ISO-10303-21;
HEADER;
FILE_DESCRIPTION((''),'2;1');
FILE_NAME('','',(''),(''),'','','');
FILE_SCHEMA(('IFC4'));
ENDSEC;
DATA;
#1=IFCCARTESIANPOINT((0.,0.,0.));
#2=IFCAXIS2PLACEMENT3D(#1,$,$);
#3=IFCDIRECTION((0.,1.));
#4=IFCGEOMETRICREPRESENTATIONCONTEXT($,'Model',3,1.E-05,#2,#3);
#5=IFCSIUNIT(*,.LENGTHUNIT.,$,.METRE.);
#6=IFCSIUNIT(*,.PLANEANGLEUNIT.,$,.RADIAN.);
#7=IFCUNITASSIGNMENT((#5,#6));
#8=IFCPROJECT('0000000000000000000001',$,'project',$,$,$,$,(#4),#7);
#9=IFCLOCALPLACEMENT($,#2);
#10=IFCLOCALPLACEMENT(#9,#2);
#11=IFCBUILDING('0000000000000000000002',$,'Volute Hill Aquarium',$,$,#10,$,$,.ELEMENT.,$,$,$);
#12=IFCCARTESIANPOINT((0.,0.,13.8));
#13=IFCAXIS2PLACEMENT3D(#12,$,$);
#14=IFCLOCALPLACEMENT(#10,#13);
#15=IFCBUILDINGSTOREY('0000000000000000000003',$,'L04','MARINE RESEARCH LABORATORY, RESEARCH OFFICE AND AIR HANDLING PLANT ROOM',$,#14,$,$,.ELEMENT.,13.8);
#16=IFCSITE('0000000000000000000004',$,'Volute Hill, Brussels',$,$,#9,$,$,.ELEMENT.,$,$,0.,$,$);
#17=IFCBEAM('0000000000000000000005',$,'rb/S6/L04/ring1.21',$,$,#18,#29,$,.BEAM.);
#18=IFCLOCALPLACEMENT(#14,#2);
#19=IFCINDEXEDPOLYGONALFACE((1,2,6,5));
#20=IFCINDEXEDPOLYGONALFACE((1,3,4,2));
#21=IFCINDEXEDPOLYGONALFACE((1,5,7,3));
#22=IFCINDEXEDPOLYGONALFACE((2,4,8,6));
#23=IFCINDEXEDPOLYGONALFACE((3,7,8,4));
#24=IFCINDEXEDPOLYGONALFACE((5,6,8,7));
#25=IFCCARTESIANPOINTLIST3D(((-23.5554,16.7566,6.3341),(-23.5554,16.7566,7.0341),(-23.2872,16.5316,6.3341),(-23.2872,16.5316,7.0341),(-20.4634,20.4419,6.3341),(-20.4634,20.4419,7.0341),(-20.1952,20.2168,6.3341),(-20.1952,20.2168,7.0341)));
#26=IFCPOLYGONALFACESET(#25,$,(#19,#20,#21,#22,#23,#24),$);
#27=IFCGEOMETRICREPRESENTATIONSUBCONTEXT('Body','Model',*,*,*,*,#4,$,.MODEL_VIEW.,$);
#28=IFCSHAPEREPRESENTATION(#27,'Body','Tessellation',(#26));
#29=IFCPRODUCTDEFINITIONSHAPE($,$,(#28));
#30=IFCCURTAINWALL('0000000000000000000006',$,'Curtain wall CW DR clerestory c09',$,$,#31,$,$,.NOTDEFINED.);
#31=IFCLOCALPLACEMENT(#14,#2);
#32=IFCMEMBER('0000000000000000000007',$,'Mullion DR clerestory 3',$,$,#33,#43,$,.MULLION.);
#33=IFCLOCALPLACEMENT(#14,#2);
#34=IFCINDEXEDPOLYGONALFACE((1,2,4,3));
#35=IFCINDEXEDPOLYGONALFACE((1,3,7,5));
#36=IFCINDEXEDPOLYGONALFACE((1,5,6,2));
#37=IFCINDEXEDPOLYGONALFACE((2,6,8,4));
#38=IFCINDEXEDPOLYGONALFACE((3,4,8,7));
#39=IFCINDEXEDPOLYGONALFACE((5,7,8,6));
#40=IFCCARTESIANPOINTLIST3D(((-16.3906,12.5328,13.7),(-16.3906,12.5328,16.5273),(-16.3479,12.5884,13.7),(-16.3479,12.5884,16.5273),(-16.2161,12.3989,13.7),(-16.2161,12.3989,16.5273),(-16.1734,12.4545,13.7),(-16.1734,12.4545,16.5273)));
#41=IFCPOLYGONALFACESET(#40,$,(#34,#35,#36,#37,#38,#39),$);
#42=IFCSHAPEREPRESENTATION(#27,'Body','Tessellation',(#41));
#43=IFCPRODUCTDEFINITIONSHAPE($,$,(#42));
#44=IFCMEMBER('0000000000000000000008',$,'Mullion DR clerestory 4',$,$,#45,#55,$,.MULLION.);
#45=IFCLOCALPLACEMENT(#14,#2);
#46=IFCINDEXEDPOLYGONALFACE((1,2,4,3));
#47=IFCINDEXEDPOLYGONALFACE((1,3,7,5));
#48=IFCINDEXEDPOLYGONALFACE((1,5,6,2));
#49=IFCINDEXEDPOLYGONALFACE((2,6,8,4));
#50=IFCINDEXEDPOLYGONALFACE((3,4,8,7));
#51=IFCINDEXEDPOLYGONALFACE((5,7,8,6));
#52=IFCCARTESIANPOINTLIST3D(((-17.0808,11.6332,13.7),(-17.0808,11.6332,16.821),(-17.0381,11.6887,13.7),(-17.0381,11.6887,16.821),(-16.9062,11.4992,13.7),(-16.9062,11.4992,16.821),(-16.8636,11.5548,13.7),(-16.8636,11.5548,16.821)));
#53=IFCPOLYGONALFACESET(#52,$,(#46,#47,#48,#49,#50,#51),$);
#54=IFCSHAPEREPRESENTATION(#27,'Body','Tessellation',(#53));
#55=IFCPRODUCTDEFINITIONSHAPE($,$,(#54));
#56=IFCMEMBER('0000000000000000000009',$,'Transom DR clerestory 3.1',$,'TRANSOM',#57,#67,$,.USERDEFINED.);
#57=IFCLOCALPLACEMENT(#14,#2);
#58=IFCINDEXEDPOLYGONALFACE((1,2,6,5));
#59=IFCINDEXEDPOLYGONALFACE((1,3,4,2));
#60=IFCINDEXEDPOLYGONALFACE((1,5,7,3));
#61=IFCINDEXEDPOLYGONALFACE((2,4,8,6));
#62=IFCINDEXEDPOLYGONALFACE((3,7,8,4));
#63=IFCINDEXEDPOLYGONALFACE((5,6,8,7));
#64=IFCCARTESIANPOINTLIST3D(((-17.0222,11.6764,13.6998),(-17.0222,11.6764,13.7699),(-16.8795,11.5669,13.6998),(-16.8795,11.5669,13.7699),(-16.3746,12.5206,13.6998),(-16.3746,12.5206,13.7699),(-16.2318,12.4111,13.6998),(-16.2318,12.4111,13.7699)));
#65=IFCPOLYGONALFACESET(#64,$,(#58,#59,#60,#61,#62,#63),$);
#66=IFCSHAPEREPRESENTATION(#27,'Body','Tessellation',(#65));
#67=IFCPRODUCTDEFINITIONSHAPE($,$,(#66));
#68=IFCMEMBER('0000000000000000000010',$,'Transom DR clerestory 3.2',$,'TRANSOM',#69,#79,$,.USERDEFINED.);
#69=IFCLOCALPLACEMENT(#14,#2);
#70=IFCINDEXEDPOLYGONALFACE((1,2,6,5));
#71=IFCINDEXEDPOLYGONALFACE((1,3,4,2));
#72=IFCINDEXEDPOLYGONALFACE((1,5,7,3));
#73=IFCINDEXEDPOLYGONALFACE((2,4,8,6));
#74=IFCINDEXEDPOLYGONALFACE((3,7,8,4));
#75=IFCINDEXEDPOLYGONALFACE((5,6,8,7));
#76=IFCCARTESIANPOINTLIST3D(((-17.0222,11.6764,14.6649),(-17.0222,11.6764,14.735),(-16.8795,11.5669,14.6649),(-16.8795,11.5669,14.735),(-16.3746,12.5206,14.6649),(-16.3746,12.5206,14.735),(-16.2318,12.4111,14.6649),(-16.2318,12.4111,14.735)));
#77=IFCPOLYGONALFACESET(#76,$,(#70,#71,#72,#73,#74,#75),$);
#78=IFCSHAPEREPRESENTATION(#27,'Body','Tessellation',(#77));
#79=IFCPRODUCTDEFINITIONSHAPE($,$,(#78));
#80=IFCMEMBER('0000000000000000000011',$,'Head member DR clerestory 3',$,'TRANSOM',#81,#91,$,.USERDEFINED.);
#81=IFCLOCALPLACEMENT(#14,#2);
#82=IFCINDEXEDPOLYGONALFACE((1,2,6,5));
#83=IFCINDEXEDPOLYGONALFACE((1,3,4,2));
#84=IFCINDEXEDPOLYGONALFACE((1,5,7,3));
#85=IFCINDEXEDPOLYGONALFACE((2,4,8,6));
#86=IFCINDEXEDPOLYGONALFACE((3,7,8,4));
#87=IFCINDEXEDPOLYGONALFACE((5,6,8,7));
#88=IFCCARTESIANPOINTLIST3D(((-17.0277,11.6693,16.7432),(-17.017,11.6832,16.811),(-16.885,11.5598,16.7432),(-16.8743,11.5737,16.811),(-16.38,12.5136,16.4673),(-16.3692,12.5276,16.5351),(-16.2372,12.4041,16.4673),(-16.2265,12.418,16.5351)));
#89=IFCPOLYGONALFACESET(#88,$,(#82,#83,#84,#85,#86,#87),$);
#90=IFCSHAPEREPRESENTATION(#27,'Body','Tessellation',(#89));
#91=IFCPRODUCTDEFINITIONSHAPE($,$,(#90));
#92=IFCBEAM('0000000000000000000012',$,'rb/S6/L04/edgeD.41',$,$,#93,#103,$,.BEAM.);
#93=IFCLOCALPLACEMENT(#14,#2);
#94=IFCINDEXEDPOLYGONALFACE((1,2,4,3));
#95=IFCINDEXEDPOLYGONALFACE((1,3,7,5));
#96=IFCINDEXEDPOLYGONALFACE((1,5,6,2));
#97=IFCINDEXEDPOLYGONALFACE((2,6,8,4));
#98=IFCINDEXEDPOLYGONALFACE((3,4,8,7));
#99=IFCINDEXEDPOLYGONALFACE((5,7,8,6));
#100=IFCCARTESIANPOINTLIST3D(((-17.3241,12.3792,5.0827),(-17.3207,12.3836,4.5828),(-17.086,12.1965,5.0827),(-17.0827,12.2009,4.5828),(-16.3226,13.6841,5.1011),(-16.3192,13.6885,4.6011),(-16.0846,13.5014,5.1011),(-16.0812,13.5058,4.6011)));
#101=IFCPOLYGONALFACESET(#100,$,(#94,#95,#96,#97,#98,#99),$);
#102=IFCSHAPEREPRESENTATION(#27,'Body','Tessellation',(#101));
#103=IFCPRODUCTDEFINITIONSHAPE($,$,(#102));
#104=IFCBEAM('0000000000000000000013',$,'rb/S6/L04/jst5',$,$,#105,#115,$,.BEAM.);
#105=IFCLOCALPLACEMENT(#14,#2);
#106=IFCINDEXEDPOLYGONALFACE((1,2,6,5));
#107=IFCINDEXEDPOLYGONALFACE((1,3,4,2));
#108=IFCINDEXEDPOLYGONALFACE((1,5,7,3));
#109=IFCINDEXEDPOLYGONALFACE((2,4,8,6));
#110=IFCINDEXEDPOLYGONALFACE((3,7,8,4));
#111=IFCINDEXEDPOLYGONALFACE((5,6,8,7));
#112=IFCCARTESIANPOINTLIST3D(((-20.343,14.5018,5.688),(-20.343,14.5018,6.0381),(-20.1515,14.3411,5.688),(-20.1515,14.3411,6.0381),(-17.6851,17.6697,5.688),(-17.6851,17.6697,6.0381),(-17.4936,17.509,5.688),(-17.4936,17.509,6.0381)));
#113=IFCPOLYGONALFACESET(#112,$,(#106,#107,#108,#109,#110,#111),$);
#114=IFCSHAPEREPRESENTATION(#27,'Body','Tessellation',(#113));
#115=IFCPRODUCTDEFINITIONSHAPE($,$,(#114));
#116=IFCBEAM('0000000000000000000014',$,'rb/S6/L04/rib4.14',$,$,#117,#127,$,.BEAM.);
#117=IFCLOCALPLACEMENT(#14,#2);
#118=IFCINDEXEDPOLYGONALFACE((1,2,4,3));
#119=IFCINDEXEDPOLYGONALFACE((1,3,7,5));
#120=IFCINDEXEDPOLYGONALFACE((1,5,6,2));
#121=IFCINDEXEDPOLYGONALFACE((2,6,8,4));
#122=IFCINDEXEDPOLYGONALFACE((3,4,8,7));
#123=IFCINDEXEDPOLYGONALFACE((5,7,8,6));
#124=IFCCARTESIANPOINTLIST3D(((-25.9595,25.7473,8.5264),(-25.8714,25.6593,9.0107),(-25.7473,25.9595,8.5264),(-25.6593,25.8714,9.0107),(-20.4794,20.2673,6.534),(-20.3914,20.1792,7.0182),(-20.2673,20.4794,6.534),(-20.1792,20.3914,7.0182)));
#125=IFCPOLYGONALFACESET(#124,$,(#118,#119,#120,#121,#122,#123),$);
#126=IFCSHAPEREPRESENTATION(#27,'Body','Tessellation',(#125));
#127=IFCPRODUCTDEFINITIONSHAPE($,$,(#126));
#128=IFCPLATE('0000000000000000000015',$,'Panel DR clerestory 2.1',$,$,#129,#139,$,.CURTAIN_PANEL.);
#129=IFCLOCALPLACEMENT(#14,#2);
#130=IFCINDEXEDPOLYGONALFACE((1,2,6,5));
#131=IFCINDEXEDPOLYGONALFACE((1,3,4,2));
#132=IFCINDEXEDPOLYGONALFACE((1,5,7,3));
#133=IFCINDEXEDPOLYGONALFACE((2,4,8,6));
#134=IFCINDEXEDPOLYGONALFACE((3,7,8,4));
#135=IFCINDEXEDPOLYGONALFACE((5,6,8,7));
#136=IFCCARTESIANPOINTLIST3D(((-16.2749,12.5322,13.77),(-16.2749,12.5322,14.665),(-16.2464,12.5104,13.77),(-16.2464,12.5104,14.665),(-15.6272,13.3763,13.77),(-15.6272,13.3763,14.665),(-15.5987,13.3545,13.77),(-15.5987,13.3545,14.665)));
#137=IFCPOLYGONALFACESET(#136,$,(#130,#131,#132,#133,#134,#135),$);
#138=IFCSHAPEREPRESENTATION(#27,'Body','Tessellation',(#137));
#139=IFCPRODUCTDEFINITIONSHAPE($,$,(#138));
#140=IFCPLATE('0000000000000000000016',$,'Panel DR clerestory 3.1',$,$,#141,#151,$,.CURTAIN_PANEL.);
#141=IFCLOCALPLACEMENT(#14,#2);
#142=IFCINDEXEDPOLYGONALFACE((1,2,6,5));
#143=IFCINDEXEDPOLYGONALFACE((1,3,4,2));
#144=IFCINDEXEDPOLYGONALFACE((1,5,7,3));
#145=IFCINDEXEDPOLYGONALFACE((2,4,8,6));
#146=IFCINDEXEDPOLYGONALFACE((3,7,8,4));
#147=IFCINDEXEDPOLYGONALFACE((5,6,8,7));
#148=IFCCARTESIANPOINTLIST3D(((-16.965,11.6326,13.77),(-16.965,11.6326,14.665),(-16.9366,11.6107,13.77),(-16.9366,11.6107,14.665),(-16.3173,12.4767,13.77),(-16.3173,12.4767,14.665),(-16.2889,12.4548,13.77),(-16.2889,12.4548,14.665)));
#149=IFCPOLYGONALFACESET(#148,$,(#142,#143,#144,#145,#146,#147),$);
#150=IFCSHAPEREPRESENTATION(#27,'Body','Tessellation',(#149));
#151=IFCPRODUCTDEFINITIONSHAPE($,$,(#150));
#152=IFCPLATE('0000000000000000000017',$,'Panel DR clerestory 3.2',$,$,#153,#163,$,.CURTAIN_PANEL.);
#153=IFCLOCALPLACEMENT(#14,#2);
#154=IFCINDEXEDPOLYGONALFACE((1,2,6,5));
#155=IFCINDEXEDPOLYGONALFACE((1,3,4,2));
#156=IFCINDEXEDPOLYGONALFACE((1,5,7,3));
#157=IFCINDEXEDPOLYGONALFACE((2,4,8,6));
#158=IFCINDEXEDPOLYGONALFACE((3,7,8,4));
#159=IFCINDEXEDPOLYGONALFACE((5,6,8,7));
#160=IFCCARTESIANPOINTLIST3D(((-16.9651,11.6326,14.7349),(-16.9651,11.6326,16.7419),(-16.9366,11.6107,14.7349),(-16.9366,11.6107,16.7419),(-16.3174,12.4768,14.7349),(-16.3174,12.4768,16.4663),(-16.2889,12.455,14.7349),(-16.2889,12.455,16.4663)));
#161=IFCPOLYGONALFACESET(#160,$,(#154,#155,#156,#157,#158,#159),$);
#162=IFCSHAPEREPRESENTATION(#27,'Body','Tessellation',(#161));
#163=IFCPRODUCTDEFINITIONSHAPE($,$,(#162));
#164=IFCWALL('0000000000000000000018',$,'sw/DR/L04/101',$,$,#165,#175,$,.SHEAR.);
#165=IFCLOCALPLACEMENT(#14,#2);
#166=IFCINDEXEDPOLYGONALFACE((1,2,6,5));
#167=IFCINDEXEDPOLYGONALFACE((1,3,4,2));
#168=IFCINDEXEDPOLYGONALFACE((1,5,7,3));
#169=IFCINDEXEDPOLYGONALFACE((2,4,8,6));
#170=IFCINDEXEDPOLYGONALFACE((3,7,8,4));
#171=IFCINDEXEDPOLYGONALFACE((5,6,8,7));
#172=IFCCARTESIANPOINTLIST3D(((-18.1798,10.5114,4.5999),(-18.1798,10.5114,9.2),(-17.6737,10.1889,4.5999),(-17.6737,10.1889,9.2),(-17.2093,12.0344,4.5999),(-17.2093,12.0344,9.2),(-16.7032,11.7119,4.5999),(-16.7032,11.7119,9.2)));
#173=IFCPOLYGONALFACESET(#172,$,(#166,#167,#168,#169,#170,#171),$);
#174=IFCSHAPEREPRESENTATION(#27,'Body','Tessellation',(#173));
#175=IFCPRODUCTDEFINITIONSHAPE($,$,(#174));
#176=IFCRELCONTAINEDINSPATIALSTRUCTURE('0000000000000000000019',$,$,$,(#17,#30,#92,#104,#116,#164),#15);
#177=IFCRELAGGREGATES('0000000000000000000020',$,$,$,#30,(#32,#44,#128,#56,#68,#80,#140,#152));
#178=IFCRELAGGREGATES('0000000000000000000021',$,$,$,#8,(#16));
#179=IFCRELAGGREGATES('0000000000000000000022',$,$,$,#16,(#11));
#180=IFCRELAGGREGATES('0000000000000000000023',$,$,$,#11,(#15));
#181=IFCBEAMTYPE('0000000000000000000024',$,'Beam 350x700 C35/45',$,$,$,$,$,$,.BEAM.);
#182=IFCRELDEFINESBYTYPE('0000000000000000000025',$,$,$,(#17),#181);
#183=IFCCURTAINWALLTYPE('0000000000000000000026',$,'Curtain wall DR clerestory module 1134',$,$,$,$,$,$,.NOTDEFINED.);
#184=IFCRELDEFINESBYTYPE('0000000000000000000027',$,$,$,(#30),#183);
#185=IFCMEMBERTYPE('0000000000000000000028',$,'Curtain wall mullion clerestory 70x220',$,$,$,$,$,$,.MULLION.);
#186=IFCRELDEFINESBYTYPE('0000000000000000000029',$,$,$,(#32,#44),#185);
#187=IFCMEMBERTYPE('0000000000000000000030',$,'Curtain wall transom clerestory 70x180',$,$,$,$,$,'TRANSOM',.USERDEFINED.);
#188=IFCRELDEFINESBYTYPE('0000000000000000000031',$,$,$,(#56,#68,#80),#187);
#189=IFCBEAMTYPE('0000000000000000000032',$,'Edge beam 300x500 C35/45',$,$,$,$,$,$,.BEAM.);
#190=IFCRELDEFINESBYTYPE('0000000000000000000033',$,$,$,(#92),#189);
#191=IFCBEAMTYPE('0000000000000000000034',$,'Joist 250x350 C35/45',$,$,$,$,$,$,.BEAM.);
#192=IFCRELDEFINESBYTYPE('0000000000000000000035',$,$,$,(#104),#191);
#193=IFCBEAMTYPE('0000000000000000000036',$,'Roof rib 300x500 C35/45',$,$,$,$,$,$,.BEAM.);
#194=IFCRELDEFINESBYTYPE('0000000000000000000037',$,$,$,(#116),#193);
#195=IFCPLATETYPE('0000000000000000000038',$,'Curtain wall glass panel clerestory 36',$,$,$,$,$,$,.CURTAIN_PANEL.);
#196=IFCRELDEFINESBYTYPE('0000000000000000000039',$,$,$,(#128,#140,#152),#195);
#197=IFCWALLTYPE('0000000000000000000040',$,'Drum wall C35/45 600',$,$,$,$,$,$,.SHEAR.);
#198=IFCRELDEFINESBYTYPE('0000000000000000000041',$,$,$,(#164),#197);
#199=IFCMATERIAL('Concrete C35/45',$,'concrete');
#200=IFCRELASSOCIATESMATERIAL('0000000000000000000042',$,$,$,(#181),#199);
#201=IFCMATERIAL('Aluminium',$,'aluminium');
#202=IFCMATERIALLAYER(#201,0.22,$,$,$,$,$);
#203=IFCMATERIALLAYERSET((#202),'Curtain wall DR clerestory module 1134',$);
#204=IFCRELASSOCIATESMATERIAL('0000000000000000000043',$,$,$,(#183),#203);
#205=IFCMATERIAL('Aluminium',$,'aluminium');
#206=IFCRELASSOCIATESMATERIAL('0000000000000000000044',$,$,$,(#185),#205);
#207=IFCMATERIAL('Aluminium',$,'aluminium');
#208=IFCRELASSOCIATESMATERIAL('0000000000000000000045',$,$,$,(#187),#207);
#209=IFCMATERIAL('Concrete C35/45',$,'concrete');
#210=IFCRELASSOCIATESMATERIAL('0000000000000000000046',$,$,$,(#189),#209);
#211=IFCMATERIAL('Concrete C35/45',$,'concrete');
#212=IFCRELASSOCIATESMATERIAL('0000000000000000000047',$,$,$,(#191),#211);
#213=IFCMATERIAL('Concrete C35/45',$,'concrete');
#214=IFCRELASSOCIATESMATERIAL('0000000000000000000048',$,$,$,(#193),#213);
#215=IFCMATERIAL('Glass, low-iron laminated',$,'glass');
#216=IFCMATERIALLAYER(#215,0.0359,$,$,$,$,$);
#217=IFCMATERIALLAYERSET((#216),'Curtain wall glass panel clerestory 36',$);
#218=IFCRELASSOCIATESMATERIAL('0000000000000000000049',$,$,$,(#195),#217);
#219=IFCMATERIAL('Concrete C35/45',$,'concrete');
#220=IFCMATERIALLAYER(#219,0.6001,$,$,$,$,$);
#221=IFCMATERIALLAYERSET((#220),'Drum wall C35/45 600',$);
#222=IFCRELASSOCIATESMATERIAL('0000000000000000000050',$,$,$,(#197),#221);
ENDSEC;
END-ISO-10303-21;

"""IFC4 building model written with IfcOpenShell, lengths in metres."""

from ifc_helpers import new_model, si_unit, direction, frame, frame_2d, origin, origin_2d, place, context, subcontext, project, spatial, polyline, rectangle, outline, extrude, material, layer, layer_set, material_profile, profile_set, type_object, element, aggregate, save


model = new_model("IFC4")

# Units and contexts
model_context = context("Model", 3, precision=1e-05, world=origin(), true_north=direction((0.0, 1.0)))
body_context = subcontext(model_context, "Body", "Model", "MODEL_VIEW")
ifc_project = project(units=[si_unit("LENGTHUNIT", "METRE"), si_unit("PLANEANGLEUNIT", "RADIAN")], contexts=[model_context])

# Site, building, storey
site_placement = place(None, origin())
site = spatial("IfcSite", under=ifc_project, at=site_placement, Name="Volute Hill, Brussels", CompositionType="ELEMENT", RefElevation=0.0)
building_placement = place(site_placement, origin())
building = spatial("IfcBuilding", under=site, at=building_placement, Name="Volute Hill Aquarium", CompositionType="ELEMENT")
storey_placement = place(building_placement, frame((0.0, 0.0, 13.8)))
storey = spatial("IfcBuildingStorey", under=building, at=storey_placement, Name="L04", Description="MARINE RESEARCH LABORATORY, RESEARCH OFFICE AND AIR HANDLING PLANT ROOM", CompositionType="ELEMENT", Elevation=13.8)

# Beam
ifc_material_1 = material(Name="Concrete C35/45", Category="concrete")
ifc_material_profile_1 = material_profile(ifc_material_1, rectangle(XDim=0.3501, YDim=0.7, at=origin_2d()), Name="RC beam 350x700")
ifc_profile_set_1 = profile_set([ifc_material_profile_1], Name="Concrete C35/45")
beam_type_1 = type_object("IfcBeamType", Name="Beam 350x700 C35/45", PredefinedType="BEAM", material=ifc_profile_set_1)
beam_1_placement = place(storey_placement, frame((-20.3293, 20.3293, 6.6841), z_axis=(-0.642752, -0.766075, 0.0), x_axis=(0.766075, -0.642752, 0.0)))
element("IfcBeam", 1, at=beam_1_placement, inside=storey, type_object=beam_type_1, Name="rb/S6/L04/ring1.21", PredefinedType="BEAM", context=body_context, shape_type="SweptSolid", body=[
    extrude(rectangle(XDim=0.3501, YDim=0.7, at=origin_2d()), origin(), (0.0, 0.0, 1.0), 4.8105),
])

# Curtain wall, members
ifc_material_2 = material(Name="Aluminium", Category="aluminium")
ifc_layer_1 = layer(ifc_material_2, 0.22)
ifc_layer_set_1 = layer_set([ifc_layer_1], Name="Curtain wall DR clerestory module 1134")
curtain_wall_type = type_object("IfcCurtainWallType", Name="Curtain wall DR clerestory module 1134", PredefinedType="NOTDEFINED", material=ifc_layer_set_1)
curtain_wall_placement = place(storey_placement, origin())
curtain_wall = element("IfcCurtainWall", 2, at=curtain_wall_placement, inside=storey, type_object=curtain_wall_type, Name="Curtain wall CW DR clerestory c09", PredefinedType="NOTDEFINED")
ifc_material_3 = material(Name="Aluminium", Category="aluminium")
ifc_material_profile_2 = material_profile(ifc_material_3, rectangle(XDim=0.22, YDim=0.0701, at=origin_2d()), Name="Curtain wall mullion clerestory 70x220")
ifc_profile_set_2 = profile_set([ifc_material_profile_2], Name="Aluminium")
member_type_1 = type_object("IfcMemberType", Name="Curtain wall mullion clerestory 70x220", PredefinedType="MULLION", material=ifc_profile_set_2)
member_1_placement = place(storey_placement, frame((-16.282, 12.4937, 13.7), z_axis=(0.0, 0.0, 1.0), x_axis=(0.793354, -0.608761, 0.0)))
member_1 = element("IfcMember", 3, at=member_1_placement, type_object=member_type_1, Name="Mullion DR clerestory 3", PredefinedType="MULLION", context=body_context, shape_type="SweptSolid", body=[
    extrude(rectangle(XDim=0.22, YDim=0.0701, at=origin_2d()), origin(), (0.0, 0.0, 1.0), 2.8274),
])
member_2_placement = place(storey_placement, frame((-16.9722, 11.594, 13.7), z_axis=(0.0, 0.0, 1.0), x_axis=(0.793354, -0.608761, 0.0)))
member_2 = element("IfcMember", 4, at=member_2_placement, type_object=member_type_1, Name="Mullion DR clerestory 4", PredefinedType="MULLION", context=body_context, shape_type="SweptSolid", body=[
    extrude(rectangle(XDim=0.22, YDim=0.0701, at=origin_2d()), origin(), (0.0, 0.0, 1.0), 3.1211),
])
ifc_material_4 = material(Name="Aluminium", Category="aluminium")
ifc_material_profile_3 = material_profile(ifc_material_4, rectangle(XDim=0.1799, YDim=0.0701, at=origin_2d()), Name="Curtain wall transom clerestory 70x180")
ifc_profile_set_3 = profile_set([ifc_material_profile_3], Name="Aluminium")
member_type_2 = type_object("IfcMemberType", Name="Curtain wall transom clerestory 70x180", ElementType="TRANSOM", PredefinedType="USERDEFINED", material=ifc_profile_set_3)
member_3_placement = place(storey_placement, frame((-16.3032, 12.4658, 13.7349), z_axis=(-0.608701, -0.7934, 0.0), x_axis=(0.7934, -0.608701, 0.0)))
member_3 = element("IfcMember", 5, at=member_3_placement, type_object=member_type_2, Name="Transom DR clerestory 3.1", ObjectType="TRANSOM", PredefinedType="USERDEFINED", context=body_context, shape_type="SweptSolid", body=[
    extrude(rectangle(XDim=0.1799, YDim=0.0701, at=origin_2d()), origin(), (0.0, 0.0, 1.0), 1.064),
])
member_4_placement = place(storey_placement, frame((-16.3032, 12.4658, 14.7), z_axis=(-0.608701, -0.7934, 0.0), x_axis=(0.7934, -0.608701, 0.0)))
member_4 = element("IfcMember", 6, at=member_4_placement, type_object=member_type_2, Name="Transom DR clerestory 3.2", ObjectType="TRANSOM", PredefinedType="USERDEFINED", context=body_context, shape_type="SweptSolid", body=[
    extrude(rectangle(XDim=0.1799, YDim=0.0701, at=origin_2d()), origin(), (0.0, 0.0, 1.0), 1.064),
])
member_5_placement = place(storey_placement, frame((-16.3032, 12.4658, 16.5012), z_axis=(-0.58922, -0.768007, 0.250968), x_axis=(0.7934, -0.608701, 0.0)))
member_5 = element("IfcMember", 7, at=member_5_placement, type_object=member_type_2, Name="Head member DR clerestory 3", ObjectType="TRANSOM", PredefinedType="USERDEFINED", context=body_context, shape_type="SweptSolid", body=[
    extrude(rectangle(XDim=0.1799, YDim=0.0701, at=origin_2d()), origin(), (0.0, 0.0, 1.0), 1.0994),
])

# Beams
ifc_material_5 = material(Name="Concrete C35/45", Category="concrete")
ifc_material_profile_4 = material_profile(ifc_material_5, rectangle(XDim=0.3, YDim=0.5, at=origin_2d()), Name="RC edge beam 300x500")
ifc_profile_set_4 = profile_set([ifc_material_profile_4], Name="Concrete C35/45")
beam_type_2 = type_object("IfcBeamType", Name="Edge beam 300x500 C35/45", PredefinedType="BEAM", material=ifc_profile_set_4)
beam_2_placement = place(storey_placement, frame((-16.2019, 13.595, 4.8511), z_axis=(-0.608783, -0.793259, -0.011131), x_axis=(0.793308, -0.608821, 0.0)))
element("IfcBeam", 8, at=beam_2_placement, inside=storey, type_object=beam_type_2, Name="rb/S6/L04/edgeD.41", PredefinedType="BEAM", context=body_context, shape_type="SweptSolid", body=[
    extrude(rectangle(XDim=0.3, YDim=0.5, at=origin_2d()), origin(), (0.0, 0.0, 1.0), 1.645),
])
ifc_material_6 = material(Name="Concrete C35/45", Category="concrete")
ifc_material_profile_5 = material_profile(ifc_material_6, rectangle(XDim=0.25, YDim=0.3501, at=origin_2d()), Name="RC joist 250x350")
ifc_profile_set_5 = profile_set([ifc_material_profile_5], Name="Concrete C35/45")
beam_type_3 = type_object("IfcBeamType", Name="Joist 250x350 C35/45", PredefinedType="BEAM", material=ifc_profile_set_5)
beam_3_placement = place(storey_placement, frame((-17.5894, 17.5894, 5.863), z_axis=(-0.642748, -0.766078, 0.0), x_axis=(0.766078, -0.642748, 0.0)))
element("IfcBeam", 9, at=beam_3_placement, inside=storey, type_object=beam_type_3, Name="rb/S6/L04/jst5", PredefinedType="BEAM", context=body_context, shape_type="SweptSolid", body=[
    extrude(rectangle(XDim=0.25, YDim=0.3501, at=origin_2d()), origin(), (0.0, 0.0, 1.0), 4.1353),
])
ifc_material_7 = material(Name="Concrete C35/45", Category="concrete")
ifc_material_profile_6 = material_profile(ifc_material_7, rectangle(XDim=0.3, YDim=0.5, at=origin_2d()), Name="RC rib 300x500")
ifc_profile_set_6 = profile_set([ifc_material_profile_6], Name="Concrete C35/45")
beam_type_4 = type_object("IfcBeamType", Name="Roof rib 300x500 C35/45", PredefinedType="BEAM", material=ifc_profile_set_6)
beam_4_placement = place(storey_placement, frame((-20.3293, 20.3293, 6.7761), z_axis=(-0.684836, 0.684836, 0.248995), x_axis=(-0.707107, -0.707107, 0.0)))
element("IfcBeam", 10, at=beam_4_placement, inside=storey, type_object=beam_type_4, Name="rb/S6/L04/rib4.14", PredefinedType="BEAM", context=body_context, shape_type="SweptSolid", body=[
    extrude(rectangle(XDim=0.3, YDim=0.5, at=origin_2d()), origin(), (0.0, 0.0, 1.0), 8.002),
])

# Plates
ifc_material_8 = material(Name="Glass, low-iron laminated", Category="glass")
ifc_layer_2 = layer(ifc_material_8, 0.0359)
ifc_layer_set_2 = layer_set([ifc_layer_2], Name="Curtain wall glass panel clerestory 36")
plate_type = type_object("IfcPlateType", Name="Curtain wall glass panel clerestory 36", PredefinedType="CURTAIN_PANEL", material=ifc_layer_set_2)
plate_1_placement = place(storey_placement, frame((-15.9368, 12.9434, 13.77), z_axis=(0.0, 0.0, 1.0), x_axis=(-0.608761, -0.793354, 0.0)))
plate_1 = element("IfcPlate", 11, at=plate_1_placement, type_object=plate_type, Name="Panel DR clerestory 2.1", PredefinedType="CURTAIN_PANEL", context=body_context, shape_type="SweptSolid", body=[
    extrude(rectangle(XDim=1.064, YDim=0.0359, at=origin_2d()), origin(), (0.0, 0.0, 1.0), 0.895),
])
plate_2_placement = place(storey_placement, frame((-16.627, 12.0437, 13.77), z_axis=(0.0, 0.0, 1.0), x_axis=(-0.608761, -0.793354, 0.0)))
plate_2 = element("IfcPlate", 12, at=plate_2_placement, type_object=plate_type, Name="Panel DR clerestory 3.1", PredefinedType="CURTAIN_PANEL", context=body_context, shape_type="SweptSolid", body=[
    extrude(rectangle(XDim=1.064, YDim=0.0359, at=origin_2d()), origin(), (0.0, 0.0, 1.0), 0.895),
])
plate_3_placement = place(storey_placement, frame((-16.3174, 12.4768, 14.7349), z_axis=(-0.7934, 0.608701, 0.0), x_axis=(-0.608701, -0.7934, 0.0)))
plate_3 = element("IfcPlate", 13, at=plate_3_placement, type_object=plate_type, Name="Panel DR clerestory 3.2", PredefinedType="CURTAIN_PANEL", context=body_context, shape_type="SweptSolid", body=[
    extrude(outline(polyline([(0.0, 0.0), (1.0641, 0.0), (1.0641, 2.0071), (0.0, 1.7314), (0.0, 0.0)])), origin(), (0.0, 0.0, -1.0), 0.0359),
])
aggregate(curtain_wall, [member_1, member_2, plate_1, member_3, member_4, member_5, plate_2, plate_3])

# Wall
ifc_material_9 = material(Name="Concrete C35/45", Category="concrete")
ifc_layer_3 = layer(ifc_material_9, 0.6001)
ifc_layer_set_3 = layer_set([ifc_layer_3], Name="Drum wall C35/45 600")
wall_type = type_object("IfcWallType", Name="Drum wall C35/45 600", PredefinedType="SHEAR", material=ifc_layer_set_3)
wall_1_placement = place(storey_placement, frame((-16.9563, 11.873, 4.5999), z_axis=(0.0, 0.0, 1.0), x_axis=(-0.537392, -0.843333, 0.0)))
element("IfcWall", 14, at=wall_1_placement, inside=storey, type_object=wall_type, Name="sw/DR/L04/101", PredefinedType="SHEAR", context=body_context, shape_type="SweptSolid", body=[
    extrude(rectangle(XDim=1.8059, YDim=0.6001, at=frame_2d((0.9028, 0.0))), origin(), (0.0, 0.0, 1.0), 4.6001),
])

save(model, "model.ifc")
